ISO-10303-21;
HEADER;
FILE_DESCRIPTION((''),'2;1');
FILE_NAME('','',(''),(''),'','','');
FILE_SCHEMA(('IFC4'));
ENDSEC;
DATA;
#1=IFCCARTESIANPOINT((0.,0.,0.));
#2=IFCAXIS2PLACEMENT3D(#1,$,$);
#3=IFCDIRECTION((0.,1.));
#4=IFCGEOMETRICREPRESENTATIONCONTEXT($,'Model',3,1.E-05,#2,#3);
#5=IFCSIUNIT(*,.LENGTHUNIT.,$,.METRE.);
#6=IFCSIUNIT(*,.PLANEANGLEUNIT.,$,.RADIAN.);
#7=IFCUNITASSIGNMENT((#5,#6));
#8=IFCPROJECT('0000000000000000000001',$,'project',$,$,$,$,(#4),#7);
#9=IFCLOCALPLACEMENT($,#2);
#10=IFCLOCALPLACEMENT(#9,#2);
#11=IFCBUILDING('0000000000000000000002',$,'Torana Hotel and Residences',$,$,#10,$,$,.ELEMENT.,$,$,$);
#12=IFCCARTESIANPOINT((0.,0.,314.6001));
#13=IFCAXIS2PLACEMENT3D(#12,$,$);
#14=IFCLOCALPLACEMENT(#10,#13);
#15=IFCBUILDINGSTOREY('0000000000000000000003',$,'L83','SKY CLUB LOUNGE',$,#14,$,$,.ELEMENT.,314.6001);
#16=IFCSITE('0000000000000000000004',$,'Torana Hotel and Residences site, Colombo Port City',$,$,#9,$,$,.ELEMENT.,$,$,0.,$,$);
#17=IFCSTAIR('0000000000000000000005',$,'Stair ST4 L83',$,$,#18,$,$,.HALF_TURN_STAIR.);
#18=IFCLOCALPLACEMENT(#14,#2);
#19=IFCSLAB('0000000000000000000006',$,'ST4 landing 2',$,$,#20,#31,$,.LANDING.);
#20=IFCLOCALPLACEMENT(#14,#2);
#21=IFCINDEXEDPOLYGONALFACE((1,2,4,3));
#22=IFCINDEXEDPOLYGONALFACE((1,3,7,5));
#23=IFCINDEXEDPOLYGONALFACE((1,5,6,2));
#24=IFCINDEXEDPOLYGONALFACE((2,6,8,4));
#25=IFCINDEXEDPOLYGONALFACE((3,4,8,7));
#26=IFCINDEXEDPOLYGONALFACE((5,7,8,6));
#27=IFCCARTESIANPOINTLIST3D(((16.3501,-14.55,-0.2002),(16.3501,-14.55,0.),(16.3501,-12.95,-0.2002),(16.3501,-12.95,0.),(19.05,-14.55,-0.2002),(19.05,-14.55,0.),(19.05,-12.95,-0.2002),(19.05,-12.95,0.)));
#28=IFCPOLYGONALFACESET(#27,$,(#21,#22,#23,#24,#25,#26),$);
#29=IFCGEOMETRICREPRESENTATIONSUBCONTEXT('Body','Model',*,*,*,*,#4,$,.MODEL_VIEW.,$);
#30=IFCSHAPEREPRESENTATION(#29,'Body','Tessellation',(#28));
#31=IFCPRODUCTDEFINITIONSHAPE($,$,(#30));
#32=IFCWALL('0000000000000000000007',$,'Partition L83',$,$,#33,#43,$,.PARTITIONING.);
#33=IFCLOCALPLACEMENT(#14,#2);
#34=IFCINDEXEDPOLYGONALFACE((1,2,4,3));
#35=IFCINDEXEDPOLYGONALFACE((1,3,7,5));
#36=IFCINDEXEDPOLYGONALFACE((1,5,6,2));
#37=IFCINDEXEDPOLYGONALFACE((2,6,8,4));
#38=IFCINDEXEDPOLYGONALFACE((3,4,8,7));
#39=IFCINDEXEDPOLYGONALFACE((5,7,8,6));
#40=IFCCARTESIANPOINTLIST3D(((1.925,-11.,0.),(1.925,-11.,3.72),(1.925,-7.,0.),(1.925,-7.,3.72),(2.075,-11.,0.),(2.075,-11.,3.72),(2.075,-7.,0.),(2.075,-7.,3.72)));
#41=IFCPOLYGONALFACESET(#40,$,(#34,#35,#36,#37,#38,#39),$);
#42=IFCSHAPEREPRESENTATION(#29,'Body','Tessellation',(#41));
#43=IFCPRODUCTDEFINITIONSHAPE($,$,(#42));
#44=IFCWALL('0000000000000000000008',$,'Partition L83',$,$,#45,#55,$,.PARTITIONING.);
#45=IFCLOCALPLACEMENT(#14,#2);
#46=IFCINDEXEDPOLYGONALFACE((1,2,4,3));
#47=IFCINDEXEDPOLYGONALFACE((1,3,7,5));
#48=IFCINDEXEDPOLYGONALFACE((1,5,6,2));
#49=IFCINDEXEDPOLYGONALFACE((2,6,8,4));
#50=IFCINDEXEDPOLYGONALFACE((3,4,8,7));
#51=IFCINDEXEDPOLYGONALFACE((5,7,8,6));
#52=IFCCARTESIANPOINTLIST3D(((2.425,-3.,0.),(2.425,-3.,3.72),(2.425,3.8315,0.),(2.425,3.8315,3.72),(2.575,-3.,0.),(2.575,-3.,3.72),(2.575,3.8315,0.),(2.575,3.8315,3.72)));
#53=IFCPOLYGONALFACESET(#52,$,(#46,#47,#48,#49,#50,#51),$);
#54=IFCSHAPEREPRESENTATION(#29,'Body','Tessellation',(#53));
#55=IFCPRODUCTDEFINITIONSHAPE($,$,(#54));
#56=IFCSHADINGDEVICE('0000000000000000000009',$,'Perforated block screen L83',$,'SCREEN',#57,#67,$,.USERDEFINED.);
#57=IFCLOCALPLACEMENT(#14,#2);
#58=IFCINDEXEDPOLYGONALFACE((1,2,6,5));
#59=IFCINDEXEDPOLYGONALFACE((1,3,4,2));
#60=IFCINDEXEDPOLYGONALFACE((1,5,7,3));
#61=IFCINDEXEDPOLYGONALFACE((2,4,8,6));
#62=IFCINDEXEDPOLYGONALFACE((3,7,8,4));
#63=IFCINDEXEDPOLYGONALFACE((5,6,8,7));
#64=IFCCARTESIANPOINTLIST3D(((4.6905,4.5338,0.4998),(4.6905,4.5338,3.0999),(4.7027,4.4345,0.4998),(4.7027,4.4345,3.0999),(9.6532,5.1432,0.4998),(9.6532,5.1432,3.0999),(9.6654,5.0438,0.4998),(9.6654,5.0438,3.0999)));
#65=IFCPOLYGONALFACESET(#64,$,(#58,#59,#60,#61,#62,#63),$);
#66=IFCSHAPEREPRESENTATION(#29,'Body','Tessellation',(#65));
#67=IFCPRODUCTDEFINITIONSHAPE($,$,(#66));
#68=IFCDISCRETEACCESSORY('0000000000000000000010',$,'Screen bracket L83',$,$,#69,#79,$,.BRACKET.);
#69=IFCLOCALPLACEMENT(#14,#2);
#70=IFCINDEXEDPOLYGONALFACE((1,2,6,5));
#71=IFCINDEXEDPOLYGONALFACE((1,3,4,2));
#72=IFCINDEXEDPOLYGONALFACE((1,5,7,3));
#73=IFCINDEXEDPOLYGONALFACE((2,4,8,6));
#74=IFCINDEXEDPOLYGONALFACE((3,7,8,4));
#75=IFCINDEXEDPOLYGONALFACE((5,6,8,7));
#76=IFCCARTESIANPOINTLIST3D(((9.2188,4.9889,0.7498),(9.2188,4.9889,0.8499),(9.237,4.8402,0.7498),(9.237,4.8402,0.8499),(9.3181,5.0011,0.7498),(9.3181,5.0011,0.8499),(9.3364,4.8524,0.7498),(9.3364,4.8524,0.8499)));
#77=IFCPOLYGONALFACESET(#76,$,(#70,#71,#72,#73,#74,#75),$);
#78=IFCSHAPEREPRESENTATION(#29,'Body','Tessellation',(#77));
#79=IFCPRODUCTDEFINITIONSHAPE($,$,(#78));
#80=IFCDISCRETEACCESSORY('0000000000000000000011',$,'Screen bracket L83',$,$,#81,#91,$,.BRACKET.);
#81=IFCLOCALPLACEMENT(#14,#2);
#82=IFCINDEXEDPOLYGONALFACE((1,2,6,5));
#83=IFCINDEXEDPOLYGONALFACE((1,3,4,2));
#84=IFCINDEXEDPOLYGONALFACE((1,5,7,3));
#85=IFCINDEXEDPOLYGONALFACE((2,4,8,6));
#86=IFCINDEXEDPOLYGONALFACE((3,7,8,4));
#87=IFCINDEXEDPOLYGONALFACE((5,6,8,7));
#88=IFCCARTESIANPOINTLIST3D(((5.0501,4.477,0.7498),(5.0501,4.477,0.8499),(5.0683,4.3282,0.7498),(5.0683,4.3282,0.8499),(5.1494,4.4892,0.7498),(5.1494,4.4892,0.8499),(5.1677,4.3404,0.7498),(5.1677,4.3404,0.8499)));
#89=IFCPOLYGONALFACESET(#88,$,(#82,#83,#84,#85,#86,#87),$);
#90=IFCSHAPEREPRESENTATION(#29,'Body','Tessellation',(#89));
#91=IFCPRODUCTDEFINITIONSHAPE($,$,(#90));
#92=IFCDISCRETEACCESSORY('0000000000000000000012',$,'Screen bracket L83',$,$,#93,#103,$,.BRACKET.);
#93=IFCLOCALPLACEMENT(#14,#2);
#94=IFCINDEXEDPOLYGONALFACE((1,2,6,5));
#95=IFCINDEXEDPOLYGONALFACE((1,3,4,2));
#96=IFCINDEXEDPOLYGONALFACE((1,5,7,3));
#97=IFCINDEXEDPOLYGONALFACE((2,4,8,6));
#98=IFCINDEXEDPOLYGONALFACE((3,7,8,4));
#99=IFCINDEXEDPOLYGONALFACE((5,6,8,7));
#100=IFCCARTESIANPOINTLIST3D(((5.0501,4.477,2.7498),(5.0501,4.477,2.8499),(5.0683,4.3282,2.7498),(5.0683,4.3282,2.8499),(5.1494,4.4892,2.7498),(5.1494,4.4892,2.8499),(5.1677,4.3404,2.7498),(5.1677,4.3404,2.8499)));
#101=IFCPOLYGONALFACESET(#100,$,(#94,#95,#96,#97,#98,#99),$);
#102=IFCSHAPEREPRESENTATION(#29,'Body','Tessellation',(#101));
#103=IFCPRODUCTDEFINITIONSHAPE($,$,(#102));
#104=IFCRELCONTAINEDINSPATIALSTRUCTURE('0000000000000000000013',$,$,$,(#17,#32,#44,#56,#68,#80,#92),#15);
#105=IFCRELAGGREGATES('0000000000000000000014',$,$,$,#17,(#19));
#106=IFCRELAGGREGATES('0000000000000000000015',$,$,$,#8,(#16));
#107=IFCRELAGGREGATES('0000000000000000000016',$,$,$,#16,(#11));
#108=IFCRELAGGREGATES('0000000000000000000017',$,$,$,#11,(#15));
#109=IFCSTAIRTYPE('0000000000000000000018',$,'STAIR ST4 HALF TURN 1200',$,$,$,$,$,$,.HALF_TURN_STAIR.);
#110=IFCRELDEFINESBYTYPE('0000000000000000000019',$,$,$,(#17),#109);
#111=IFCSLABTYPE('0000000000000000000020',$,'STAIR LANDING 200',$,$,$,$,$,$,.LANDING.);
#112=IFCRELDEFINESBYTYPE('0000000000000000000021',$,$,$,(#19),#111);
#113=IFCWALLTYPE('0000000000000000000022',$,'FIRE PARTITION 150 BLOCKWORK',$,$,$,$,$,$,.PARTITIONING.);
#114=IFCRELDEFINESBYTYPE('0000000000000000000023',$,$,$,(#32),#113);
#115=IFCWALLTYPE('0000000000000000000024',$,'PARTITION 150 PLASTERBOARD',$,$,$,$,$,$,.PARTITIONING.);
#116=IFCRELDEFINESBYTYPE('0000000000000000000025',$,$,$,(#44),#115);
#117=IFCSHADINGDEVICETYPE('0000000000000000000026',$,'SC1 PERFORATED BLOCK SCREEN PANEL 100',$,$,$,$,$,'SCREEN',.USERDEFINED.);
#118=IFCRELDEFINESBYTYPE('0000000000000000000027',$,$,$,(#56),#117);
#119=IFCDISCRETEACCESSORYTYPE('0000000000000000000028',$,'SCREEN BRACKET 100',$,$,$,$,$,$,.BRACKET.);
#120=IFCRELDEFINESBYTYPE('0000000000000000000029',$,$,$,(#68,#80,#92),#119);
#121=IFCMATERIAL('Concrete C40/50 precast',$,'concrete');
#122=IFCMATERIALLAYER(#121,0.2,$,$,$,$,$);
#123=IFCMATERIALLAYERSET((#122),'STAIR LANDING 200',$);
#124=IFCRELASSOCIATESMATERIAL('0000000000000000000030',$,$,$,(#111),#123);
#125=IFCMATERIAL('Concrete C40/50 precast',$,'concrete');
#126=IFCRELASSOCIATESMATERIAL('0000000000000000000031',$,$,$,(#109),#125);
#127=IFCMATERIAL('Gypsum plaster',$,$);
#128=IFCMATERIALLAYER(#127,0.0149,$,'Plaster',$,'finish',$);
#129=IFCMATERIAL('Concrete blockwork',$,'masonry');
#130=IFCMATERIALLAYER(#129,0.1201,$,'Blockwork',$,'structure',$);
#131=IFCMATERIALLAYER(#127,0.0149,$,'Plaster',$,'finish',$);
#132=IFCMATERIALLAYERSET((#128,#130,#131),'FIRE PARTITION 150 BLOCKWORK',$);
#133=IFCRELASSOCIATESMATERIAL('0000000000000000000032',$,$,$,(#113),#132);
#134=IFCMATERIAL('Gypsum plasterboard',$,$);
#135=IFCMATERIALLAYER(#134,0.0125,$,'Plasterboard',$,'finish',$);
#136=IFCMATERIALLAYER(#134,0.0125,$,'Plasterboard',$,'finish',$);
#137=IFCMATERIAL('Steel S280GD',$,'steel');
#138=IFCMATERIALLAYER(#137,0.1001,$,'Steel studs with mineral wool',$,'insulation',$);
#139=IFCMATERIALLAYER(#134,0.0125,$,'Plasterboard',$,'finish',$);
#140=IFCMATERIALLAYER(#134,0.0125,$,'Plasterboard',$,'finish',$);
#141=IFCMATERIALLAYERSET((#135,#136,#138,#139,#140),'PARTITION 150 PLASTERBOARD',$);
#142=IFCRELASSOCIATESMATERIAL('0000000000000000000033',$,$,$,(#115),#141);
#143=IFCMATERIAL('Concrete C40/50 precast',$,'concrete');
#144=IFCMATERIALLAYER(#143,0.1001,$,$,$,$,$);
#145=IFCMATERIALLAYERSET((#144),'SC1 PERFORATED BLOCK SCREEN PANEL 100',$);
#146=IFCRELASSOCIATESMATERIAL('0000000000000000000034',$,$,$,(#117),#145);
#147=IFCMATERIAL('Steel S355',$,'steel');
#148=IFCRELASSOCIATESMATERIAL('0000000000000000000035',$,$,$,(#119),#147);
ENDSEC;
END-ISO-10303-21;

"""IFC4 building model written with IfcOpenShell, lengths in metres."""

from ifc_helpers import new_model, si_unit, direction, frame, frame_2d, origin, origin_2d, place, context, subcontext, project, spatial, polyline, rectangle, outline, extrude, material, layer, layer_set, type_object, element, aggregate, save


model = new_model("IFC4")

# Units and contexts
model_context = context("Model", 3, precision=1e-05, world=origin(), true_north=direction((0.0, 1.0)))
body_context = subcontext(model_context, "Body", "Model", "MODEL_VIEW")
ifc_project = project(units=[si_unit("LENGTHUNIT", "METRE"), si_unit("PLANEANGLEUNIT", "RADIAN")], contexts=[model_context])

# Site, building, storey
site_placement = place(None, origin())
site = spatial("IfcSite", under=ifc_project, at=site_placement, Name="Torana Hotel and Residences site, Colombo Port City", CompositionType="ELEMENT", RefElevation=0.0)
building_placement = place(site_placement, origin())
building = spatial("IfcBuilding", under=site, at=building_placement, Name="Torana Hotel and Residences", CompositionType="ELEMENT")
storey_placement = place(building_placement, frame((0.0, 0.0, 314.6001)))
storey = spatial("IfcBuildingStorey", under=building, at=storey_placement, Name="L83", Description="SKY CLUB LOUNGE", CompositionType="ELEMENT", Elevation=314.6001)

# Stair, slab
ifc_material_1 = material(Name="Concrete C40/50 precast", Category="concrete")
ifc_layer_1 = layer(ifc_material_1, 0.2)
ifc_layer_set_1 = layer_set([ifc_layer_1], Name="STAIR LANDING 200")
slab_type_1 = type_object("IfcSlabType", Name="STAIR LANDING 200", PredefinedType="LANDING", material=ifc_layer_set_1)
ifc_material_2 = material(Name="Concrete C40/50 precast", Category="concrete")
stair_type_1 = type_object("IfcStairType", Name="STAIR ST4 HALF TURN 1200", PredefinedType="HALF_TURN_STAIR", material=ifc_material_2)
stair_1_placement = place(storey_placement, origin())
stair_1 = element("IfcStair", 1, at=stair_1_placement, inside=storey, type_object=stair_type_1, Name="Stair ST4 L83", PredefinedType="HALF_TURN_STAIR")
slab_1_placement = place(storey_placement, frame((0.0, 0.0, -0.2002)))
slab_1 = element("IfcSlab", 2, at=slab_1_placement, type_object=slab_type_1, Name="ST4 landing 2", PredefinedType="LANDING", context=body_context, shape_type="SweptSolid", body=[
    extrude(outline(polyline([(16.3501, -14.55), (19.05, -14.55), (19.05, -12.95), (16.3501, -12.95), (16.3501, -14.55)])), origin(), (0.0, 0.0, 1.0), 0.2002),
])
aggregate(stair_1, [slab_1])

# Walls
ifc_material_3 = material(Name="Gypsum plaster")
ifc_layer_2 = layer(ifc_material_3, 0.0149, Name="Plaster", Category="finish")
ifc_material_4 = material(Name="Concrete blockwork", Category="masonry")
ifc_layer_3 = layer(ifc_material_4, 0.1201, Name="Blockwork", Category="structure")
ifc_layer_4 = layer(ifc_material_3, 0.0149, Name="Plaster", Category="finish")
ifc_layer_set_2 = layer_set([ifc_layer_2, ifc_layer_3, ifc_layer_4], Name="FIRE PARTITION 150 BLOCKWORK")
wall_type_1 = type_object("IfcWallType", Name="FIRE PARTITION 150 BLOCKWORK", PredefinedType="PARTITIONING", material=ifc_layer_set_2)
wall_1_placement = place(storey_placement, frame((2.0, -11.0, 0.0), z_axis=(0.0, 0.0, 1.0), x_axis=(0.0, 1.0, 0.0)))
element("IfcWall", 3, at=wall_1_placement, inside=storey, type_object=wall_type_1, Name="Partition L83", PredefinedType="PARTITIONING", context=body_context, shape_type="SweptSolid", body=[
    extrude(rectangle(XDim=4.0, YDim=0.1499, at=frame_2d((2.0, 0.0))), origin(), (0.0, 0.0, 1.0), 3.72),
])
ifc_material_5 = material(Name="Gypsum plasterboard")
ifc_layer_5 = layer(ifc_material_5, 0.0125, Name="Plasterboard", Category="finish")
ifc_layer_6 = layer(ifc_material_5, 0.0125, Name="Plasterboard", Category="finish")
ifc_material_6 = material(Name="Steel S280GD", Category="steel")
ifc_layer_7 = layer(ifc_material_6, 0.1001, Name="Steel studs with mineral wool", Category="insulation")
ifc_layer_8 = layer(ifc_material_5, 0.0125, Name="Plasterboard", Category="finish")
ifc_layer_9 = layer(ifc_material_5, 0.0125, Name="Plasterboard", Category="finish")
ifc_layer_set_3 = layer_set([ifc_layer_5, ifc_layer_6, ifc_layer_7, ifc_layer_8, ifc_layer_9], Name="PARTITION 150 PLASTERBOARD")
wall_type_2 = type_object("IfcWallType", Name="PARTITION 150 PLASTERBOARD", PredefinedType="PARTITIONING", material=ifc_layer_set_3)
wall_2_placement = place(storey_placement, frame((2.5, -3.0, 0.0), z_axis=(0.0, 0.0, 1.0), x_axis=(0.0, 1.0, 0.0)))
element("IfcWall", 4, at=wall_2_placement, inside=storey, type_object=wall_type_2, Name="Partition L83", PredefinedType="PARTITIONING", context=body_context, shape_type="SweptSolid", body=[
    extrude(rectangle(XDim=6.8315, YDim=0.1499, at=frame_2d((3.4158, 0.0))), origin(), (0.0, 0.0, 1.0), 3.72),
])

# Shading device
ifc_material_7 = material(Name="Concrete C40/50 precast", Category="concrete")
ifc_layer_10 = layer(ifc_material_7, 0.1001)
ifc_layer_set_4 = layer_set([ifc_layer_10], Name="SC1 PERFORATED BLOCK SCREEN PANEL 100")
shading_device_type = type_object("IfcShadingDeviceType", Name="SC1 PERFORATED BLOCK SCREEN PANEL 100", ElementType="SCREEN", PredefinedType="USERDEFINED", material=ifc_layer_set_4)
shading_device_placement = place(storey_placement, frame((7.178, 4.7888, 0.4998), z_axis=(0.0, 0.0, 1.0), x_axis=(-0.992547, -0.121866, 0.0)))
element("IfcShadingDevice", 5, at=shading_device_placement, inside=storey, type_object=shading_device_type, Name="Perforated block screen L83", ObjectType="SCREEN", PredefinedType="USERDEFINED", context=body_context, shape_type="SweptSolid", body=[
    extrude(rectangle(XDim=5.0, YDim=0.1001, at=origin_2d()), origin(), (0.0, 0.0, 1.0), 2.6001),
])

# Discrete accessories
ifc_material_8 = material(Name="Steel S355", Category="steel")
discrete_accessory_type = type_object("IfcDiscreteAccessoryType", Name="SCREEN BRACKET 100", PredefinedType="BRACKET", material=ifc_material_8)
for number, where, z_axis, x_axis, name in (
    (6, (9.2776, 4.9207, 0.7498), (0.0, 0.0, 1.0), (-0.992547, -0.121866, 0.0), "Screen bracket L83"),
    (7, (5.1089, 4.4087, 0.7498), (0.0, 0.0, 1.0), (-0.992547, -0.121866, 0.0), "Screen bracket L83"),
    (8, (5.1089, 4.4087, 2.7498), (0.0, 0.0, 1.0), (-0.992547, -0.121866, 0.0), "Screen bracket L83"),
):
    element("IfcDiscreteAccessory", number, at=place(storey_placement, frame(where, z_axis=z_axis, x_axis=x_axis)), inside=storey, type_object=discrete_accessory_type, Name=name, PredefinedType="BRACKET", context=body_context, shape_type="SweptSolid", body=[
        extrude(rectangle(XDim=0.1001, YDim=0.1499, at=origin_2d()), origin(), (0.0, 0.0, 1.0), 0.1001),
    ])

save(model, "model.ifc")
